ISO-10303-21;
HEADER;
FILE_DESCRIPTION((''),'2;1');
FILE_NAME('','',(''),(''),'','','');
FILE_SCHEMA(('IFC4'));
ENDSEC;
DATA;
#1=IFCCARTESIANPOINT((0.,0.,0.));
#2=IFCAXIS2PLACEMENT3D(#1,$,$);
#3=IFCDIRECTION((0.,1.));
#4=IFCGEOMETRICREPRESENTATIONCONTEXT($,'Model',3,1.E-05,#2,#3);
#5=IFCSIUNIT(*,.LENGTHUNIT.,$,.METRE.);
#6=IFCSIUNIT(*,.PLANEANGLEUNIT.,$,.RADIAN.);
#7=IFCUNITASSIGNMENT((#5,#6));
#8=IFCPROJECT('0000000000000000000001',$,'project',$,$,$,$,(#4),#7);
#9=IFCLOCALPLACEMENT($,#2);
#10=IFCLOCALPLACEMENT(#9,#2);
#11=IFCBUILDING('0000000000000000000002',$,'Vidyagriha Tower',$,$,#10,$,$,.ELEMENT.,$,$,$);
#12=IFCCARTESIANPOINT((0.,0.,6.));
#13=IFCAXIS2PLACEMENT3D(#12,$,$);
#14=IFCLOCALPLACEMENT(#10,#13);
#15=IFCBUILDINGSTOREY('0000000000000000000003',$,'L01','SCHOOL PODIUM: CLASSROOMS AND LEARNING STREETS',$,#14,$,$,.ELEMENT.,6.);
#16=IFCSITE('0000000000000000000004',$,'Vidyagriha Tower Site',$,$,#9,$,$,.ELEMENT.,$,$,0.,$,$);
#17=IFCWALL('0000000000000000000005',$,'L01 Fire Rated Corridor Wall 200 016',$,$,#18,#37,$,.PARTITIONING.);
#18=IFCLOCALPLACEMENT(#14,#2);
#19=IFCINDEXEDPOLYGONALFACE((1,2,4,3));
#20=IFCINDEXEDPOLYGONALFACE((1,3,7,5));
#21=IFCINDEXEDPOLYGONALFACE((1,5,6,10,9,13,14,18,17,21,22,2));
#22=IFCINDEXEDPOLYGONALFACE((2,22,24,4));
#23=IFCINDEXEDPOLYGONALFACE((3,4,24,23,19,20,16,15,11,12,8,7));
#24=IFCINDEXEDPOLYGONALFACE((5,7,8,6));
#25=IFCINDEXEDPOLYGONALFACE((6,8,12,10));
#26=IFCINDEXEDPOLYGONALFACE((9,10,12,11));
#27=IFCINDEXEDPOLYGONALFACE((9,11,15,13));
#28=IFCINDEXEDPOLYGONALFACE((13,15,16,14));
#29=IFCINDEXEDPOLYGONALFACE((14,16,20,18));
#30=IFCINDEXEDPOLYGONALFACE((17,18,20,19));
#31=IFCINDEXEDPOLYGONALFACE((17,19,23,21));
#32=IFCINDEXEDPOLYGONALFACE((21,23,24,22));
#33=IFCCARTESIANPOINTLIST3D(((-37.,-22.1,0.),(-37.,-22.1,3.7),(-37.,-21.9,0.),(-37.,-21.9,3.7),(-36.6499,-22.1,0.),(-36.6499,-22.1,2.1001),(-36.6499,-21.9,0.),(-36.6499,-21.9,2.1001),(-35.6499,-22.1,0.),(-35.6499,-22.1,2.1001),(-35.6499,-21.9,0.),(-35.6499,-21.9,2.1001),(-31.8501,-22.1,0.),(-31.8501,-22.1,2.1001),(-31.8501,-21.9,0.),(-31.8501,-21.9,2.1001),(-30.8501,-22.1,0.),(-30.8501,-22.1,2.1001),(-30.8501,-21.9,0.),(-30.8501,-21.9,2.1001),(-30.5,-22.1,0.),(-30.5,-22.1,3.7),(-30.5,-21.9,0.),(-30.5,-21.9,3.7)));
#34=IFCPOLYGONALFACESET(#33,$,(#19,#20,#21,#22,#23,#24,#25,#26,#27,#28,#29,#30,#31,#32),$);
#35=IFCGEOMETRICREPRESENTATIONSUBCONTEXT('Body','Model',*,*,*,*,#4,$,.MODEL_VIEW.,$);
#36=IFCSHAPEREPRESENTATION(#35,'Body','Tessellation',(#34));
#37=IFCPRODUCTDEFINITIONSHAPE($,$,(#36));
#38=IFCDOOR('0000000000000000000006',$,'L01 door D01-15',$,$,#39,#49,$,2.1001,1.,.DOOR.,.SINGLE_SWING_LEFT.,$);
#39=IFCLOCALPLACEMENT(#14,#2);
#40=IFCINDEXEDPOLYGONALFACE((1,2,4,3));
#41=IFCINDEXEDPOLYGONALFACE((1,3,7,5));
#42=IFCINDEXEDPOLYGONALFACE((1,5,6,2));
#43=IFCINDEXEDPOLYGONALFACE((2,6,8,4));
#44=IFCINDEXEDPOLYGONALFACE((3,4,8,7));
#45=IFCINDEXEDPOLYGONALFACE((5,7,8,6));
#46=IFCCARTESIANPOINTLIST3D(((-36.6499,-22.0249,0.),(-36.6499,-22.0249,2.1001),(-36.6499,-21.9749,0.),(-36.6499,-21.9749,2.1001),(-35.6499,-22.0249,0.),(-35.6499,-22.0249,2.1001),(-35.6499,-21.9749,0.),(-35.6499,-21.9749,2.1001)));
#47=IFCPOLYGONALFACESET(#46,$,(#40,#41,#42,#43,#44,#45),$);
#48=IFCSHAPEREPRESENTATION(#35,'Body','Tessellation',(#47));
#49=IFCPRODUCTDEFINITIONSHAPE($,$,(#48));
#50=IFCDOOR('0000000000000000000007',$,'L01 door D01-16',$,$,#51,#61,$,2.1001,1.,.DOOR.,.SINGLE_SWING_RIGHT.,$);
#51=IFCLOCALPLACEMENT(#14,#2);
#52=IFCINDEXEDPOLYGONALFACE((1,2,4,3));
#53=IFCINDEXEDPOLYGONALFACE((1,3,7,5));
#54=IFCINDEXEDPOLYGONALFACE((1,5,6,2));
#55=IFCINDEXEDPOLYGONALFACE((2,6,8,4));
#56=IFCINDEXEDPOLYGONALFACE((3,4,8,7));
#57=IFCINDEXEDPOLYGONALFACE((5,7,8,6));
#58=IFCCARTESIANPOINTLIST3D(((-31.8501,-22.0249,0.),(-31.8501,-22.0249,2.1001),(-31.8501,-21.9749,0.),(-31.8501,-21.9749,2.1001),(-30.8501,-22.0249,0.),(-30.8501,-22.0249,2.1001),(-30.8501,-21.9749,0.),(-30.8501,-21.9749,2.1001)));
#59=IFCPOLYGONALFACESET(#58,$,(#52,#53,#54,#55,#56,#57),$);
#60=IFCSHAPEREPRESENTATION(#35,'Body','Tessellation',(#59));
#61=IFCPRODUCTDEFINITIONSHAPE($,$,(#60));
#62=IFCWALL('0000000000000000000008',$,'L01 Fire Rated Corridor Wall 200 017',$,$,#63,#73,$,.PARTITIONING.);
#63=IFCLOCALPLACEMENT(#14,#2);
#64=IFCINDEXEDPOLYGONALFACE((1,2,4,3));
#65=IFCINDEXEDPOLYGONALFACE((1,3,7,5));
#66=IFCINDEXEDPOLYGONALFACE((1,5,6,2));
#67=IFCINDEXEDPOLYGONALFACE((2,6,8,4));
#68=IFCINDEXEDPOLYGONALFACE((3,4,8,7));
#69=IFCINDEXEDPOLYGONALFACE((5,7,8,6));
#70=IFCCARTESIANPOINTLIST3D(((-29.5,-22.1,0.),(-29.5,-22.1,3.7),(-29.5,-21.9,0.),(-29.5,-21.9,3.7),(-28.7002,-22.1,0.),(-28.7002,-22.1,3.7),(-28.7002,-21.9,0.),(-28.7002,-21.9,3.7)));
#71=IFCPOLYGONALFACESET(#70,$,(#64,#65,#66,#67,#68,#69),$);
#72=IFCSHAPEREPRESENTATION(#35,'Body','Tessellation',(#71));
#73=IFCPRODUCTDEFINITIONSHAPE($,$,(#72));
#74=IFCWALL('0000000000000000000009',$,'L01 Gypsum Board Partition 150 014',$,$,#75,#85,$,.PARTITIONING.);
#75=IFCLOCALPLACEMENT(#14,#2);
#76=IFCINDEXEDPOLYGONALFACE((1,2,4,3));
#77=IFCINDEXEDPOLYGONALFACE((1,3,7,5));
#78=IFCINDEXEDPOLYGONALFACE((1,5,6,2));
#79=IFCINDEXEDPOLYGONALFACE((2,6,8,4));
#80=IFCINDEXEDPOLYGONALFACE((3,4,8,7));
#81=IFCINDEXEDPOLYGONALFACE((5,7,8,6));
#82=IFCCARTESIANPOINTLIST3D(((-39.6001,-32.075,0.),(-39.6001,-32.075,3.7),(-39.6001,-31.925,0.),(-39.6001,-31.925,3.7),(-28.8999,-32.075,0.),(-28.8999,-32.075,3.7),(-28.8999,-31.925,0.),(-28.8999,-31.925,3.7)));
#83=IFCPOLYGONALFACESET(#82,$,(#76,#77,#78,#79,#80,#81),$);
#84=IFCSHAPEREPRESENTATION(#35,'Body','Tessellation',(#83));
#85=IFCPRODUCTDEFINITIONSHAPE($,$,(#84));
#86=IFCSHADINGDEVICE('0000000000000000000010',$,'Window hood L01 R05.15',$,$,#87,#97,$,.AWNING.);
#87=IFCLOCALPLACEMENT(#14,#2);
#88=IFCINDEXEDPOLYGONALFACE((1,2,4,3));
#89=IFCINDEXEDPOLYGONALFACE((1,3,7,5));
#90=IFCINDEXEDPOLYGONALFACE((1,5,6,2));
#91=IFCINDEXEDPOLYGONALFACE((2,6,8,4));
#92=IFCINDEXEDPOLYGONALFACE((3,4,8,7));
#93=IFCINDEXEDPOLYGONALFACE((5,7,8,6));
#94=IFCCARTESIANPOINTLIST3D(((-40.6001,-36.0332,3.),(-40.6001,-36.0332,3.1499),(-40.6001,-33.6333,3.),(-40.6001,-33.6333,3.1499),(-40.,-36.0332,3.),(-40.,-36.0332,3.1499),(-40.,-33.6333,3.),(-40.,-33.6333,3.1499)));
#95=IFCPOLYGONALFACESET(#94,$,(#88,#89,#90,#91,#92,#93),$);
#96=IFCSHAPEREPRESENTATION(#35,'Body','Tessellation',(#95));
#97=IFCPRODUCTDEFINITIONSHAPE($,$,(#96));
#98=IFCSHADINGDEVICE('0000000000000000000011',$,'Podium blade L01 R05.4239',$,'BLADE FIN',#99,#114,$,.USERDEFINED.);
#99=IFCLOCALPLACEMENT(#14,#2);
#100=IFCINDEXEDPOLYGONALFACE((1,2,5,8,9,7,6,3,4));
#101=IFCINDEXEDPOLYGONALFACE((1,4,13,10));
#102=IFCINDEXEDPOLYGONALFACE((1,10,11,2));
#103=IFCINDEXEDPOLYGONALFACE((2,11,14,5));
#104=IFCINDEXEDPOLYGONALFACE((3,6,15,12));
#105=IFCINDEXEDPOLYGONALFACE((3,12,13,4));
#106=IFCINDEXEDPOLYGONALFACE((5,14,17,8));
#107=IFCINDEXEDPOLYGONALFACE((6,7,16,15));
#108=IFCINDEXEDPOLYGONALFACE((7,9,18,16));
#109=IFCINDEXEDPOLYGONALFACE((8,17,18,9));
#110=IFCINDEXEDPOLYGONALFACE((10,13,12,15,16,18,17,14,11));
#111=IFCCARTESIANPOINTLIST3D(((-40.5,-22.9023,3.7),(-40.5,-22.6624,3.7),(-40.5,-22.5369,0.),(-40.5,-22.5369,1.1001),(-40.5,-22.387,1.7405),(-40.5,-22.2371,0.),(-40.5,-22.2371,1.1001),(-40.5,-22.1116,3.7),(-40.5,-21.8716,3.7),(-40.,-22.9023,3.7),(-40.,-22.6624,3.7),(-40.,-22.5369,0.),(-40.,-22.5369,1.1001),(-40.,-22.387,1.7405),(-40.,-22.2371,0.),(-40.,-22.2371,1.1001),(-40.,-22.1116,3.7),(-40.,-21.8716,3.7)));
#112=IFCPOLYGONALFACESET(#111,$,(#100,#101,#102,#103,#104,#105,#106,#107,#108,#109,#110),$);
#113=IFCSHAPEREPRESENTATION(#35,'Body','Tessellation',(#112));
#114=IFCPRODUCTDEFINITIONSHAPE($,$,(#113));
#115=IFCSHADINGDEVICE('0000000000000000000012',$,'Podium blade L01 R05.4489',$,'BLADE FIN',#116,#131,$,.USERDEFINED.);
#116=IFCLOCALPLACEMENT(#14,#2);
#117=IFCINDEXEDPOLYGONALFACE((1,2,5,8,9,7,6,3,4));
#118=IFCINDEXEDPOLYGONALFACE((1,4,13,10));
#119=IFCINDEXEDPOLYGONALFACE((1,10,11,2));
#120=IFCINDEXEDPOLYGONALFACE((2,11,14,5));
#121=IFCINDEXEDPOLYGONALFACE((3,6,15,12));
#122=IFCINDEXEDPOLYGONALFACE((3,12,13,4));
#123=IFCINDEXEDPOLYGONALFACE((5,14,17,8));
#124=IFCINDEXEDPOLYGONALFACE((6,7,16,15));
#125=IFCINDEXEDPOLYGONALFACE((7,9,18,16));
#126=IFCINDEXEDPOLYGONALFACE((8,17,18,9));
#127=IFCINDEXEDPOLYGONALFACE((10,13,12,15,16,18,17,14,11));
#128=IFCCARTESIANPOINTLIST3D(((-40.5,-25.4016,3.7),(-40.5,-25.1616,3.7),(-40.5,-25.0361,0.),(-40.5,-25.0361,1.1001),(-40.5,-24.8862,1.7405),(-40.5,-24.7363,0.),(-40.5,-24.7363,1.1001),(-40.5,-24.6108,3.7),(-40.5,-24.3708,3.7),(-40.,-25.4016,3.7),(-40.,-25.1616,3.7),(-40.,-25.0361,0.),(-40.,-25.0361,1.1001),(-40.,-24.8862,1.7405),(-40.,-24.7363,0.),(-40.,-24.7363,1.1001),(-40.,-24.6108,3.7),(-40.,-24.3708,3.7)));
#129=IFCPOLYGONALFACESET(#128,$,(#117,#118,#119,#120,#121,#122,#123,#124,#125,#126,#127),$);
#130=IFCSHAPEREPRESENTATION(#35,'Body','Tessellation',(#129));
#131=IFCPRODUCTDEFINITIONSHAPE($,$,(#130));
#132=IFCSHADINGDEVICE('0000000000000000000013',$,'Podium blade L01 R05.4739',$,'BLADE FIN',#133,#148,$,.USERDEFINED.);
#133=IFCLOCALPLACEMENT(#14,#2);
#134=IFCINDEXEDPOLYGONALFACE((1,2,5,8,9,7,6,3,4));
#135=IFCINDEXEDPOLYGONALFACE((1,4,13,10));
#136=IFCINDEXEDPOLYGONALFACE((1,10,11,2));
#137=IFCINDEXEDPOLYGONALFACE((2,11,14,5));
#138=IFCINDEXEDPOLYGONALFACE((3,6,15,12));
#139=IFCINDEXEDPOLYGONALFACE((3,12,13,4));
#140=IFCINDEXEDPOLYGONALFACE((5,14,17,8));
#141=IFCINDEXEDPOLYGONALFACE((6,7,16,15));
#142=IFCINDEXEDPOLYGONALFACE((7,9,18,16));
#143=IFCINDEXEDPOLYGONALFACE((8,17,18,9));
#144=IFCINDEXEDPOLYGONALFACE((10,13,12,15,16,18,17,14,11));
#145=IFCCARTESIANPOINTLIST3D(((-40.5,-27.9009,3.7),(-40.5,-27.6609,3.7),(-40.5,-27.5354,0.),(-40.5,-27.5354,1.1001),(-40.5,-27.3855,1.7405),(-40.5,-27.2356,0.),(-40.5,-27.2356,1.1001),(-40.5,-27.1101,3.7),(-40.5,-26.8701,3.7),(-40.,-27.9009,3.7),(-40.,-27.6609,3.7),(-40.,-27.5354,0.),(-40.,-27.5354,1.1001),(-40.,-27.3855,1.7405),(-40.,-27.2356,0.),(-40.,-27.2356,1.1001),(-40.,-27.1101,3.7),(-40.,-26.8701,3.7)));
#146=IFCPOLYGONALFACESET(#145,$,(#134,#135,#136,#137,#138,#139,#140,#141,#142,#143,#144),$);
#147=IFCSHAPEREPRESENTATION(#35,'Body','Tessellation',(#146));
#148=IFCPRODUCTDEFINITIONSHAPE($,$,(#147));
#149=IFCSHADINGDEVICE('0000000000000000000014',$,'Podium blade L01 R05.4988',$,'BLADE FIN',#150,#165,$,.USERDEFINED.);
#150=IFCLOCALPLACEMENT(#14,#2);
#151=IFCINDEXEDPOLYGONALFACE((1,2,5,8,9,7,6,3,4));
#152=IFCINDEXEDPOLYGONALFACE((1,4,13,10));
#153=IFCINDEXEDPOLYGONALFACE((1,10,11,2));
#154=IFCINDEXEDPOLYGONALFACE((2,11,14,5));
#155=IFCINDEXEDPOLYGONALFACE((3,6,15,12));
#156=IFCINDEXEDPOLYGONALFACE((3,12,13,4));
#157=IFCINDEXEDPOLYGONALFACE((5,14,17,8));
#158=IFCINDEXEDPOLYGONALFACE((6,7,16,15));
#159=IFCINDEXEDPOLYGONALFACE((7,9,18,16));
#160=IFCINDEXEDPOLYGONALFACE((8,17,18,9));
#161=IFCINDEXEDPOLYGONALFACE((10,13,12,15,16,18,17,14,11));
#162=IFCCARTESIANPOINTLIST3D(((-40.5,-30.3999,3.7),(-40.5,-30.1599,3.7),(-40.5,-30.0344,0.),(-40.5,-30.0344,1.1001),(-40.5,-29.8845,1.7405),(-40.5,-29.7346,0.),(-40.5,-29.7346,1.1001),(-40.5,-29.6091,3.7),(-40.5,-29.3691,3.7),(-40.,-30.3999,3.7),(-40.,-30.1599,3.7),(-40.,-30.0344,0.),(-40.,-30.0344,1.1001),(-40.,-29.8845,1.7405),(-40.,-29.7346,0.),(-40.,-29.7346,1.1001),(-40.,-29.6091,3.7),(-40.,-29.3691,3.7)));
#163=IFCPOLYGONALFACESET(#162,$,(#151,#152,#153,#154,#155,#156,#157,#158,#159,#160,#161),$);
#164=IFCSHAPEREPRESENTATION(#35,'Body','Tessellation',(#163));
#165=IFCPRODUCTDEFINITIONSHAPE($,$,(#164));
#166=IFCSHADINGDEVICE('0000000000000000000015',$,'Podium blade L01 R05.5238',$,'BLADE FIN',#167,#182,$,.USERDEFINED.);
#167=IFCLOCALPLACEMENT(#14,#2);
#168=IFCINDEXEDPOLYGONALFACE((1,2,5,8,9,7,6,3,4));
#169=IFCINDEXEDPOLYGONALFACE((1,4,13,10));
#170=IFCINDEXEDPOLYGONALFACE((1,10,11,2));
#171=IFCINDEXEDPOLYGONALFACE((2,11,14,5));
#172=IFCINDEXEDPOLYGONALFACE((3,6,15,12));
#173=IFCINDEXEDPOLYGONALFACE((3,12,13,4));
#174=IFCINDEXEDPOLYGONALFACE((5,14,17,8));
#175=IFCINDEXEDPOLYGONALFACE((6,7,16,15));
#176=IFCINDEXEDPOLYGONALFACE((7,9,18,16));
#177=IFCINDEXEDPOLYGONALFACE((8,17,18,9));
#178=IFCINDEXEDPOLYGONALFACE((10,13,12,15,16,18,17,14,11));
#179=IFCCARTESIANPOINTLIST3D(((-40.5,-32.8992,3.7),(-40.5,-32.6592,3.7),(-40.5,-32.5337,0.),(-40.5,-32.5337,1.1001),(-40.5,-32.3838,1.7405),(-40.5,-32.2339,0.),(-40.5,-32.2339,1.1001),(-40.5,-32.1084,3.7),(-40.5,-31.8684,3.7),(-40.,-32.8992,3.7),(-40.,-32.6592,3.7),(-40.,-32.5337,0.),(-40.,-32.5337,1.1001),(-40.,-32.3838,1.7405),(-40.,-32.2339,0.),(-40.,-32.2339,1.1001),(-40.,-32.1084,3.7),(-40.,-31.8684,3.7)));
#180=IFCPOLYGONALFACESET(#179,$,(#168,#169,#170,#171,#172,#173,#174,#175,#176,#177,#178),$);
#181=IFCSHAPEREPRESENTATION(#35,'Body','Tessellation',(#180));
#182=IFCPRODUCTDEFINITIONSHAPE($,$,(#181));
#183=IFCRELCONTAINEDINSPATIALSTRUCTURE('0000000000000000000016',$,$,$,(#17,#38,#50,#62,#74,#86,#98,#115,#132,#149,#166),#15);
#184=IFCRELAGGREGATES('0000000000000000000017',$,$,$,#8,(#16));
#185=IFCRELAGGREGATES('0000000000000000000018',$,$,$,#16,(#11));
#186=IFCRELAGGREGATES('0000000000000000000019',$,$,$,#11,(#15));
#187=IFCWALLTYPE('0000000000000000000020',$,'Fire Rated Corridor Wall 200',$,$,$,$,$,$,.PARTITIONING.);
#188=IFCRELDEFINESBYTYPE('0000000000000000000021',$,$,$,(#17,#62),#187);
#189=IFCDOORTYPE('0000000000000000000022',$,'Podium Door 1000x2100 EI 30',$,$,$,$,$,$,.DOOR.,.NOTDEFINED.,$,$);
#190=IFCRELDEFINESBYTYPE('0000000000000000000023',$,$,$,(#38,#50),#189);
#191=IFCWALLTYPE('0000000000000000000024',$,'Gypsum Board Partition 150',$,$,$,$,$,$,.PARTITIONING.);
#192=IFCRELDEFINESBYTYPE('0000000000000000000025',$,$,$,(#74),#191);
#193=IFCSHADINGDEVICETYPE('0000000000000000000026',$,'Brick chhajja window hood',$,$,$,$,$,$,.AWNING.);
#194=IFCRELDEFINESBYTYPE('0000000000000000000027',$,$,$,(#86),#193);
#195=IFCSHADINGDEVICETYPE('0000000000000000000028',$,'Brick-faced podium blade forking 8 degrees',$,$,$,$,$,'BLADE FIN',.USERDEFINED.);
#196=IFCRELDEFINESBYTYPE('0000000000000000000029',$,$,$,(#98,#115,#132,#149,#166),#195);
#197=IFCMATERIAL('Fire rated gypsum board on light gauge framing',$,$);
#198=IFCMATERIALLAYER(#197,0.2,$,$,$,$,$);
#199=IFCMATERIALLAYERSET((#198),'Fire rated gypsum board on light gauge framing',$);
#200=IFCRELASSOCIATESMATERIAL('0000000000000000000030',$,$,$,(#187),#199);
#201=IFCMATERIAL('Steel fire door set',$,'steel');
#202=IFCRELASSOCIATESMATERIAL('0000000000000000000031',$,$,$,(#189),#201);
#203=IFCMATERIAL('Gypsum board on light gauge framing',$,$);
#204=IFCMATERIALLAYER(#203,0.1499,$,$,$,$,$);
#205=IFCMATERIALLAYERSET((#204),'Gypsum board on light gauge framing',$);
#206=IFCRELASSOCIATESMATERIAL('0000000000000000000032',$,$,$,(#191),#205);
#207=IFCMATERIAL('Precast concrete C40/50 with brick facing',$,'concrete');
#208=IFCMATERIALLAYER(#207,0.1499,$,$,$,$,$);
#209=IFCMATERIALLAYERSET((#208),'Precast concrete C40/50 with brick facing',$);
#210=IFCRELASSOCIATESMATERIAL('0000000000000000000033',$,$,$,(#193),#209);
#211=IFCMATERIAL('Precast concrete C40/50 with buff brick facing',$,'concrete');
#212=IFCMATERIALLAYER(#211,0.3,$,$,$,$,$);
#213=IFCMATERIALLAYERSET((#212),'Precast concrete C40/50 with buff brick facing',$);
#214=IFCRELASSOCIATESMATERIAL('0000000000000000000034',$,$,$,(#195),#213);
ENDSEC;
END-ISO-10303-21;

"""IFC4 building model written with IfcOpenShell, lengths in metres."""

from ifc_helpers import new_model, si_unit, direction, frame, frame_2d, origin, origin_2d, place, context, subcontext, project, spatial, polyline, rectangle, outline, extrude, material, layer, layer_set, type_object, element, fill, save


model = new_model("IFC4")

# Units and contexts
model_context = context("Model", 3, precision=1e-05, world=origin(), true_north=direction((0.0, 1.0)))
body_context = subcontext(model_context, "Body", "Model", "MODEL_VIEW")
ifc_project = project(units=[si_unit("LENGTHUNIT", "METRE"), si_unit("PLANEANGLEUNIT", "RADIAN")], contexts=[model_context])

# Site, building, storey
site_placement = place(None, origin())
site = spatial("IfcSite", under=ifc_project, at=site_placement, Name="Vidyagriha Tower Site", CompositionType="ELEMENT", RefElevation=0.0)
building_placement = place(site_placement, origin())
building = spatial("IfcBuilding", under=site, at=building_placement, Name="Vidyagriha Tower", CompositionType="ELEMENT")
storey_placement = place(building_placement, frame((0.0, 0.0, 6.0)))
storey = spatial("IfcBuildingStorey", under=building, at=storey_placement, Name="L01", Description="SCHOOL PODIUM: CLASSROOMS AND LEARNING STREETS", CompositionType="ELEMENT", Elevation=6.0)

# Shared definitions
ifc_material_1 = material(Name="Fire rated gypsum board on light gauge framing")
ifc_layer_1 = layer(ifc_material_1, 0.2)
ifc_layer_set_1 = layer_set([ifc_layer_1], Name="Fire rated gypsum board on light gauge framing")
wall_type_1 = type_object("IfcWallType", Name="Fire Rated Corridor Wall 200", PredefinedType="PARTITIONING", material=ifc_layer_set_1)

# Wall, openings, doors
wall_1_placement = place(storey_placement, frame((-37.0, -22.0, 0.0)))
wall_1 = element("IfcWall", 1, at=wall_1_placement, inside=storey, type_object=wall_type_1, Name="L01 Fire Rated Corridor Wall 200 016", PredefinedType="PARTITIONING", context=body_context, shape_type="SweptSolid", body=[
    extrude(rectangle(XDim=6.5, YDim=0.2, at=frame_2d((3.25, 0.0))), origin(), (0.0, 0.0, 1.0), 3.7),
])
opening_1_placement = place(wall_1_placement, frame((0.3501, 0.0, 0.0)))
opening_1 = element("IfcOpeningElement", 2, at=opening_1_placement, cuts=wall_1, PredefinedType="OPENING", context=body_context, shape_type="SweptSolid", body=[
    extrude(rectangle(XDim=1.0, YDim=2.1001, at=frame_2d((0.5, 1.05))), frame((0.0, 0.1099, 0.0), z_axis=(0.0, -1.0, 0.0), x_axis=(1.0, 0.0, 0.0)), (0.0, 0.0, 1.0), 0.22),
])
opening_2_placement = place(wall_1_placement, frame((5.1499, 0.0, 0.0)))
opening_2 = element("IfcOpeningElement", 3, at=opening_2_placement, cuts=wall_1, PredefinedType="OPENING", context=body_context, shape_type="SweptSolid", body=[
    extrude(rectangle(XDim=1.0, YDim=2.1001, at=frame_2d((0.5, 1.05))), frame((0.0, 0.1099, 0.0), z_axis=(0.0, -1.0, 0.0), x_axis=(1.0, 0.0, 0.0)), (0.0, 0.0, 1.0), 0.22),
])
ifc_material_2 = material(Name="Steel fire door set", Category="steel")
door_type = type_object("IfcDoorType", Name="Podium Door 1000x2100 EI 30", OperationType="NOTDEFINED", PredefinedType="DOOR", material=ifc_material_2)
door_1_placement = place(opening_1_placement, frame((1.0, 0.0, 0.0), z_axis=(0.0, 0.0, 1.0), x_axis=(-1.0, 0.0, 0.0)))
door_1 = element("IfcDoor", 4, at=door_1_placement, inside=storey, type_object=door_type, Name="L01 door D01-15", OperationType="SINGLE_SWING_LEFT", OverallHeight=2.1001, OverallWidth=1.0, PredefinedType="DOOR", context=body_context, shape_type="SweptSolid", body=[
    extrude(rectangle(XDim=1.0, YDim=2.1001, at=frame_2d((0.5, 1.05))), frame((0.0, 0.0249, 0.0), z_axis=(0.0, -1.0, 0.0), x_axis=(1.0, 0.0, 0.0)), (0.0, 0.0, 1.0), 0.05),
])
fill(opening_1, door_1)
door_2_placement = place(opening_2_placement, frame((1.0, 0.0, 0.0), z_axis=(0.0, 0.0, 1.0), x_axis=(-1.0, 0.0, 0.0)))
door_2 = element("IfcDoor", 5, at=door_2_placement, inside=storey, type_object=door_type, Name="L01 door D01-16", OperationType="SINGLE_SWING_RIGHT", OverallHeight=2.1001, OverallWidth=1.0, PredefinedType="DOOR", context=body_context, shape_type="SweptSolid", body=[
    extrude(rectangle(XDim=1.0, YDim=2.1001, at=frame_2d((0.5, 1.05))), frame((0.0, 0.0249, 0.0), z_axis=(0.0, -1.0, 0.0), x_axis=(1.0, 0.0, 0.0)), (0.0, 0.0, 1.0), 0.05),
])
fill(opening_2, door_2)

# Walls
wall_2_placement = place(storey_placement, frame((-29.5, -22.0, 0.0)))
element("IfcWall", 6, at=wall_2_placement, inside=storey, type_object=wall_type_1, Name="L01 Fire Rated Corridor Wall 200 017", PredefinedType="PARTITIONING", context=body_context, shape_type="SweptSolid", body=[
    extrude(rectangle(XDim=0.7998, YDim=0.2, at=frame_2d((0.3999, 0.0))), origin(), (0.0, 0.0, 1.0), 3.7),
])
ifc_material_3 = material(Name="Gypsum board on light gauge framing")
ifc_layer_2 = layer(ifc_material_3, 0.1499)
ifc_layer_set_2 = layer_set([ifc_layer_2], Name="Gypsum board on light gauge framing")
wall_type_2 = type_object("IfcWallType", Name="Gypsum Board Partition 150", PredefinedType="PARTITIONING", material=ifc_layer_set_2)
wall_3_placement = place(storey_placement, frame((-39.6001, -32.0, 0.0)))
element("IfcWall", 7, at=wall_3_placement, inside=storey, type_object=wall_type_2, Name="L01 Gypsum Board Partition 150 014", PredefinedType="PARTITIONING", context=body_context, shape_type="SweptSolid", body=[
    extrude(rectangle(XDim=10.7002, YDim=0.1499, at=frame_2d((5.3501, 0.0))), origin(), (0.0, 0.0, 1.0), 3.7),
])

# Shading devices
ifc_material_4 = material(Name="Precast concrete C40/50 with brick facing", Category="concrete")
ifc_layer_3 = layer(ifc_material_4, 0.1499)
ifc_layer_set_3 = layer_set([ifc_layer_3], Name="Precast concrete C40/50 with brick facing")
shading_device_type_1 = type_object("IfcShadingDeviceType", Name="Brick chhajja window hood", PredefinedType="AWNING", material=ifc_layer_set_3)
shading_device_placement = place(storey_placement, frame((-40.3, -34.8333, 3.0), z_axis=(0.0, 0.0, 1.0), x_axis=(0.0, -1.0, 0.0)))
element("IfcShadingDevice", 8, at=shading_device_placement, inside=storey, type_object=shading_device_type_1, Name="Window hood L01 R05.15", PredefinedType="AWNING", context=body_context, shape_type="SweptSolid", body=[
    extrude(rectangle(XDim=2.3999, YDim=0.6001, at=origin_2d()), origin(), (0.0, 0.0, 1.0), 0.1499),
])
ifc_material_5 = material(Name="Precast concrete C40/50 with buff brick facing", Category="concrete")
ifc_layer_4 = layer(ifc_material_5, 0.3)
ifc_layer_set_4 = layer_set([ifc_layer_4], Name="Precast concrete C40/50 with buff brick facing")
shading_device_type_2 = type_object("IfcShadingDeviceType", Name="Brick-faced podium blade forking 8 degrees", ElementType="BLADE FIN", PredefinedType="USERDEFINED", material=ifc_layer_set_4)
for number, where, z_axis, x_axis, name in (
    (9, (-40.25, -21.8716, 0.0), (0.0, 0.0, 1.0), (0.0, -1.0, 0.0), "Podium blade L01 R05.4239"),
    (10, (-40.25, -24.3708, 0.0), (0.0, 0.0, 1.0), (0.0, -1.0, 0.0), "Podium blade L01 R05.4489"),
    (11, (-40.25, -26.8701, 0.0), (0.0, 0.0, 1.0), (0.0, -1.0, 0.0), "Podium blade L01 R05.4739"),
    (12, (-40.25, -29.3691, 0.0), (0.0, 0.0, 1.0), (0.0, -1.0, 0.0), "Podium blade L01 R05.4988"),
    (13, (-40.25, -31.8684, 0.0), (0.0, 0.0, 1.0), (0.0, -1.0, 0.0), "Podium blade L01 R05.5238"),
):
    element("IfcShadingDevice", number, at=place(storey_placement, frame(where, z_axis=z_axis, x_axis=x_axis)), inside=storey, type_object=shading_device_type_2, Name=name, ObjectType="BLADE FIN", PredefinedType="USERDEFINED", context=body_context, shape_type="SweptSolid", body=[
        extrude(outline(polyline([(0.6653, 0.0), (0.6653, 1.1001), (1.0308, 3.7), (0.7908, 3.7), (0.5154, 1.7405), (0.24, 3.7), (0.0, 3.7), (0.3655, 1.1001), (0.3655, 0.0), (0.6653, 0.0)])), frame((0.0, 0.25, 0.0), z_axis=(0.0, -1.0, 0.0), x_axis=(1.0, 0.0, 0.0)), (0.0, 0.0, 1.0), 0.5),
    ])

save(model, "model.ifc")
